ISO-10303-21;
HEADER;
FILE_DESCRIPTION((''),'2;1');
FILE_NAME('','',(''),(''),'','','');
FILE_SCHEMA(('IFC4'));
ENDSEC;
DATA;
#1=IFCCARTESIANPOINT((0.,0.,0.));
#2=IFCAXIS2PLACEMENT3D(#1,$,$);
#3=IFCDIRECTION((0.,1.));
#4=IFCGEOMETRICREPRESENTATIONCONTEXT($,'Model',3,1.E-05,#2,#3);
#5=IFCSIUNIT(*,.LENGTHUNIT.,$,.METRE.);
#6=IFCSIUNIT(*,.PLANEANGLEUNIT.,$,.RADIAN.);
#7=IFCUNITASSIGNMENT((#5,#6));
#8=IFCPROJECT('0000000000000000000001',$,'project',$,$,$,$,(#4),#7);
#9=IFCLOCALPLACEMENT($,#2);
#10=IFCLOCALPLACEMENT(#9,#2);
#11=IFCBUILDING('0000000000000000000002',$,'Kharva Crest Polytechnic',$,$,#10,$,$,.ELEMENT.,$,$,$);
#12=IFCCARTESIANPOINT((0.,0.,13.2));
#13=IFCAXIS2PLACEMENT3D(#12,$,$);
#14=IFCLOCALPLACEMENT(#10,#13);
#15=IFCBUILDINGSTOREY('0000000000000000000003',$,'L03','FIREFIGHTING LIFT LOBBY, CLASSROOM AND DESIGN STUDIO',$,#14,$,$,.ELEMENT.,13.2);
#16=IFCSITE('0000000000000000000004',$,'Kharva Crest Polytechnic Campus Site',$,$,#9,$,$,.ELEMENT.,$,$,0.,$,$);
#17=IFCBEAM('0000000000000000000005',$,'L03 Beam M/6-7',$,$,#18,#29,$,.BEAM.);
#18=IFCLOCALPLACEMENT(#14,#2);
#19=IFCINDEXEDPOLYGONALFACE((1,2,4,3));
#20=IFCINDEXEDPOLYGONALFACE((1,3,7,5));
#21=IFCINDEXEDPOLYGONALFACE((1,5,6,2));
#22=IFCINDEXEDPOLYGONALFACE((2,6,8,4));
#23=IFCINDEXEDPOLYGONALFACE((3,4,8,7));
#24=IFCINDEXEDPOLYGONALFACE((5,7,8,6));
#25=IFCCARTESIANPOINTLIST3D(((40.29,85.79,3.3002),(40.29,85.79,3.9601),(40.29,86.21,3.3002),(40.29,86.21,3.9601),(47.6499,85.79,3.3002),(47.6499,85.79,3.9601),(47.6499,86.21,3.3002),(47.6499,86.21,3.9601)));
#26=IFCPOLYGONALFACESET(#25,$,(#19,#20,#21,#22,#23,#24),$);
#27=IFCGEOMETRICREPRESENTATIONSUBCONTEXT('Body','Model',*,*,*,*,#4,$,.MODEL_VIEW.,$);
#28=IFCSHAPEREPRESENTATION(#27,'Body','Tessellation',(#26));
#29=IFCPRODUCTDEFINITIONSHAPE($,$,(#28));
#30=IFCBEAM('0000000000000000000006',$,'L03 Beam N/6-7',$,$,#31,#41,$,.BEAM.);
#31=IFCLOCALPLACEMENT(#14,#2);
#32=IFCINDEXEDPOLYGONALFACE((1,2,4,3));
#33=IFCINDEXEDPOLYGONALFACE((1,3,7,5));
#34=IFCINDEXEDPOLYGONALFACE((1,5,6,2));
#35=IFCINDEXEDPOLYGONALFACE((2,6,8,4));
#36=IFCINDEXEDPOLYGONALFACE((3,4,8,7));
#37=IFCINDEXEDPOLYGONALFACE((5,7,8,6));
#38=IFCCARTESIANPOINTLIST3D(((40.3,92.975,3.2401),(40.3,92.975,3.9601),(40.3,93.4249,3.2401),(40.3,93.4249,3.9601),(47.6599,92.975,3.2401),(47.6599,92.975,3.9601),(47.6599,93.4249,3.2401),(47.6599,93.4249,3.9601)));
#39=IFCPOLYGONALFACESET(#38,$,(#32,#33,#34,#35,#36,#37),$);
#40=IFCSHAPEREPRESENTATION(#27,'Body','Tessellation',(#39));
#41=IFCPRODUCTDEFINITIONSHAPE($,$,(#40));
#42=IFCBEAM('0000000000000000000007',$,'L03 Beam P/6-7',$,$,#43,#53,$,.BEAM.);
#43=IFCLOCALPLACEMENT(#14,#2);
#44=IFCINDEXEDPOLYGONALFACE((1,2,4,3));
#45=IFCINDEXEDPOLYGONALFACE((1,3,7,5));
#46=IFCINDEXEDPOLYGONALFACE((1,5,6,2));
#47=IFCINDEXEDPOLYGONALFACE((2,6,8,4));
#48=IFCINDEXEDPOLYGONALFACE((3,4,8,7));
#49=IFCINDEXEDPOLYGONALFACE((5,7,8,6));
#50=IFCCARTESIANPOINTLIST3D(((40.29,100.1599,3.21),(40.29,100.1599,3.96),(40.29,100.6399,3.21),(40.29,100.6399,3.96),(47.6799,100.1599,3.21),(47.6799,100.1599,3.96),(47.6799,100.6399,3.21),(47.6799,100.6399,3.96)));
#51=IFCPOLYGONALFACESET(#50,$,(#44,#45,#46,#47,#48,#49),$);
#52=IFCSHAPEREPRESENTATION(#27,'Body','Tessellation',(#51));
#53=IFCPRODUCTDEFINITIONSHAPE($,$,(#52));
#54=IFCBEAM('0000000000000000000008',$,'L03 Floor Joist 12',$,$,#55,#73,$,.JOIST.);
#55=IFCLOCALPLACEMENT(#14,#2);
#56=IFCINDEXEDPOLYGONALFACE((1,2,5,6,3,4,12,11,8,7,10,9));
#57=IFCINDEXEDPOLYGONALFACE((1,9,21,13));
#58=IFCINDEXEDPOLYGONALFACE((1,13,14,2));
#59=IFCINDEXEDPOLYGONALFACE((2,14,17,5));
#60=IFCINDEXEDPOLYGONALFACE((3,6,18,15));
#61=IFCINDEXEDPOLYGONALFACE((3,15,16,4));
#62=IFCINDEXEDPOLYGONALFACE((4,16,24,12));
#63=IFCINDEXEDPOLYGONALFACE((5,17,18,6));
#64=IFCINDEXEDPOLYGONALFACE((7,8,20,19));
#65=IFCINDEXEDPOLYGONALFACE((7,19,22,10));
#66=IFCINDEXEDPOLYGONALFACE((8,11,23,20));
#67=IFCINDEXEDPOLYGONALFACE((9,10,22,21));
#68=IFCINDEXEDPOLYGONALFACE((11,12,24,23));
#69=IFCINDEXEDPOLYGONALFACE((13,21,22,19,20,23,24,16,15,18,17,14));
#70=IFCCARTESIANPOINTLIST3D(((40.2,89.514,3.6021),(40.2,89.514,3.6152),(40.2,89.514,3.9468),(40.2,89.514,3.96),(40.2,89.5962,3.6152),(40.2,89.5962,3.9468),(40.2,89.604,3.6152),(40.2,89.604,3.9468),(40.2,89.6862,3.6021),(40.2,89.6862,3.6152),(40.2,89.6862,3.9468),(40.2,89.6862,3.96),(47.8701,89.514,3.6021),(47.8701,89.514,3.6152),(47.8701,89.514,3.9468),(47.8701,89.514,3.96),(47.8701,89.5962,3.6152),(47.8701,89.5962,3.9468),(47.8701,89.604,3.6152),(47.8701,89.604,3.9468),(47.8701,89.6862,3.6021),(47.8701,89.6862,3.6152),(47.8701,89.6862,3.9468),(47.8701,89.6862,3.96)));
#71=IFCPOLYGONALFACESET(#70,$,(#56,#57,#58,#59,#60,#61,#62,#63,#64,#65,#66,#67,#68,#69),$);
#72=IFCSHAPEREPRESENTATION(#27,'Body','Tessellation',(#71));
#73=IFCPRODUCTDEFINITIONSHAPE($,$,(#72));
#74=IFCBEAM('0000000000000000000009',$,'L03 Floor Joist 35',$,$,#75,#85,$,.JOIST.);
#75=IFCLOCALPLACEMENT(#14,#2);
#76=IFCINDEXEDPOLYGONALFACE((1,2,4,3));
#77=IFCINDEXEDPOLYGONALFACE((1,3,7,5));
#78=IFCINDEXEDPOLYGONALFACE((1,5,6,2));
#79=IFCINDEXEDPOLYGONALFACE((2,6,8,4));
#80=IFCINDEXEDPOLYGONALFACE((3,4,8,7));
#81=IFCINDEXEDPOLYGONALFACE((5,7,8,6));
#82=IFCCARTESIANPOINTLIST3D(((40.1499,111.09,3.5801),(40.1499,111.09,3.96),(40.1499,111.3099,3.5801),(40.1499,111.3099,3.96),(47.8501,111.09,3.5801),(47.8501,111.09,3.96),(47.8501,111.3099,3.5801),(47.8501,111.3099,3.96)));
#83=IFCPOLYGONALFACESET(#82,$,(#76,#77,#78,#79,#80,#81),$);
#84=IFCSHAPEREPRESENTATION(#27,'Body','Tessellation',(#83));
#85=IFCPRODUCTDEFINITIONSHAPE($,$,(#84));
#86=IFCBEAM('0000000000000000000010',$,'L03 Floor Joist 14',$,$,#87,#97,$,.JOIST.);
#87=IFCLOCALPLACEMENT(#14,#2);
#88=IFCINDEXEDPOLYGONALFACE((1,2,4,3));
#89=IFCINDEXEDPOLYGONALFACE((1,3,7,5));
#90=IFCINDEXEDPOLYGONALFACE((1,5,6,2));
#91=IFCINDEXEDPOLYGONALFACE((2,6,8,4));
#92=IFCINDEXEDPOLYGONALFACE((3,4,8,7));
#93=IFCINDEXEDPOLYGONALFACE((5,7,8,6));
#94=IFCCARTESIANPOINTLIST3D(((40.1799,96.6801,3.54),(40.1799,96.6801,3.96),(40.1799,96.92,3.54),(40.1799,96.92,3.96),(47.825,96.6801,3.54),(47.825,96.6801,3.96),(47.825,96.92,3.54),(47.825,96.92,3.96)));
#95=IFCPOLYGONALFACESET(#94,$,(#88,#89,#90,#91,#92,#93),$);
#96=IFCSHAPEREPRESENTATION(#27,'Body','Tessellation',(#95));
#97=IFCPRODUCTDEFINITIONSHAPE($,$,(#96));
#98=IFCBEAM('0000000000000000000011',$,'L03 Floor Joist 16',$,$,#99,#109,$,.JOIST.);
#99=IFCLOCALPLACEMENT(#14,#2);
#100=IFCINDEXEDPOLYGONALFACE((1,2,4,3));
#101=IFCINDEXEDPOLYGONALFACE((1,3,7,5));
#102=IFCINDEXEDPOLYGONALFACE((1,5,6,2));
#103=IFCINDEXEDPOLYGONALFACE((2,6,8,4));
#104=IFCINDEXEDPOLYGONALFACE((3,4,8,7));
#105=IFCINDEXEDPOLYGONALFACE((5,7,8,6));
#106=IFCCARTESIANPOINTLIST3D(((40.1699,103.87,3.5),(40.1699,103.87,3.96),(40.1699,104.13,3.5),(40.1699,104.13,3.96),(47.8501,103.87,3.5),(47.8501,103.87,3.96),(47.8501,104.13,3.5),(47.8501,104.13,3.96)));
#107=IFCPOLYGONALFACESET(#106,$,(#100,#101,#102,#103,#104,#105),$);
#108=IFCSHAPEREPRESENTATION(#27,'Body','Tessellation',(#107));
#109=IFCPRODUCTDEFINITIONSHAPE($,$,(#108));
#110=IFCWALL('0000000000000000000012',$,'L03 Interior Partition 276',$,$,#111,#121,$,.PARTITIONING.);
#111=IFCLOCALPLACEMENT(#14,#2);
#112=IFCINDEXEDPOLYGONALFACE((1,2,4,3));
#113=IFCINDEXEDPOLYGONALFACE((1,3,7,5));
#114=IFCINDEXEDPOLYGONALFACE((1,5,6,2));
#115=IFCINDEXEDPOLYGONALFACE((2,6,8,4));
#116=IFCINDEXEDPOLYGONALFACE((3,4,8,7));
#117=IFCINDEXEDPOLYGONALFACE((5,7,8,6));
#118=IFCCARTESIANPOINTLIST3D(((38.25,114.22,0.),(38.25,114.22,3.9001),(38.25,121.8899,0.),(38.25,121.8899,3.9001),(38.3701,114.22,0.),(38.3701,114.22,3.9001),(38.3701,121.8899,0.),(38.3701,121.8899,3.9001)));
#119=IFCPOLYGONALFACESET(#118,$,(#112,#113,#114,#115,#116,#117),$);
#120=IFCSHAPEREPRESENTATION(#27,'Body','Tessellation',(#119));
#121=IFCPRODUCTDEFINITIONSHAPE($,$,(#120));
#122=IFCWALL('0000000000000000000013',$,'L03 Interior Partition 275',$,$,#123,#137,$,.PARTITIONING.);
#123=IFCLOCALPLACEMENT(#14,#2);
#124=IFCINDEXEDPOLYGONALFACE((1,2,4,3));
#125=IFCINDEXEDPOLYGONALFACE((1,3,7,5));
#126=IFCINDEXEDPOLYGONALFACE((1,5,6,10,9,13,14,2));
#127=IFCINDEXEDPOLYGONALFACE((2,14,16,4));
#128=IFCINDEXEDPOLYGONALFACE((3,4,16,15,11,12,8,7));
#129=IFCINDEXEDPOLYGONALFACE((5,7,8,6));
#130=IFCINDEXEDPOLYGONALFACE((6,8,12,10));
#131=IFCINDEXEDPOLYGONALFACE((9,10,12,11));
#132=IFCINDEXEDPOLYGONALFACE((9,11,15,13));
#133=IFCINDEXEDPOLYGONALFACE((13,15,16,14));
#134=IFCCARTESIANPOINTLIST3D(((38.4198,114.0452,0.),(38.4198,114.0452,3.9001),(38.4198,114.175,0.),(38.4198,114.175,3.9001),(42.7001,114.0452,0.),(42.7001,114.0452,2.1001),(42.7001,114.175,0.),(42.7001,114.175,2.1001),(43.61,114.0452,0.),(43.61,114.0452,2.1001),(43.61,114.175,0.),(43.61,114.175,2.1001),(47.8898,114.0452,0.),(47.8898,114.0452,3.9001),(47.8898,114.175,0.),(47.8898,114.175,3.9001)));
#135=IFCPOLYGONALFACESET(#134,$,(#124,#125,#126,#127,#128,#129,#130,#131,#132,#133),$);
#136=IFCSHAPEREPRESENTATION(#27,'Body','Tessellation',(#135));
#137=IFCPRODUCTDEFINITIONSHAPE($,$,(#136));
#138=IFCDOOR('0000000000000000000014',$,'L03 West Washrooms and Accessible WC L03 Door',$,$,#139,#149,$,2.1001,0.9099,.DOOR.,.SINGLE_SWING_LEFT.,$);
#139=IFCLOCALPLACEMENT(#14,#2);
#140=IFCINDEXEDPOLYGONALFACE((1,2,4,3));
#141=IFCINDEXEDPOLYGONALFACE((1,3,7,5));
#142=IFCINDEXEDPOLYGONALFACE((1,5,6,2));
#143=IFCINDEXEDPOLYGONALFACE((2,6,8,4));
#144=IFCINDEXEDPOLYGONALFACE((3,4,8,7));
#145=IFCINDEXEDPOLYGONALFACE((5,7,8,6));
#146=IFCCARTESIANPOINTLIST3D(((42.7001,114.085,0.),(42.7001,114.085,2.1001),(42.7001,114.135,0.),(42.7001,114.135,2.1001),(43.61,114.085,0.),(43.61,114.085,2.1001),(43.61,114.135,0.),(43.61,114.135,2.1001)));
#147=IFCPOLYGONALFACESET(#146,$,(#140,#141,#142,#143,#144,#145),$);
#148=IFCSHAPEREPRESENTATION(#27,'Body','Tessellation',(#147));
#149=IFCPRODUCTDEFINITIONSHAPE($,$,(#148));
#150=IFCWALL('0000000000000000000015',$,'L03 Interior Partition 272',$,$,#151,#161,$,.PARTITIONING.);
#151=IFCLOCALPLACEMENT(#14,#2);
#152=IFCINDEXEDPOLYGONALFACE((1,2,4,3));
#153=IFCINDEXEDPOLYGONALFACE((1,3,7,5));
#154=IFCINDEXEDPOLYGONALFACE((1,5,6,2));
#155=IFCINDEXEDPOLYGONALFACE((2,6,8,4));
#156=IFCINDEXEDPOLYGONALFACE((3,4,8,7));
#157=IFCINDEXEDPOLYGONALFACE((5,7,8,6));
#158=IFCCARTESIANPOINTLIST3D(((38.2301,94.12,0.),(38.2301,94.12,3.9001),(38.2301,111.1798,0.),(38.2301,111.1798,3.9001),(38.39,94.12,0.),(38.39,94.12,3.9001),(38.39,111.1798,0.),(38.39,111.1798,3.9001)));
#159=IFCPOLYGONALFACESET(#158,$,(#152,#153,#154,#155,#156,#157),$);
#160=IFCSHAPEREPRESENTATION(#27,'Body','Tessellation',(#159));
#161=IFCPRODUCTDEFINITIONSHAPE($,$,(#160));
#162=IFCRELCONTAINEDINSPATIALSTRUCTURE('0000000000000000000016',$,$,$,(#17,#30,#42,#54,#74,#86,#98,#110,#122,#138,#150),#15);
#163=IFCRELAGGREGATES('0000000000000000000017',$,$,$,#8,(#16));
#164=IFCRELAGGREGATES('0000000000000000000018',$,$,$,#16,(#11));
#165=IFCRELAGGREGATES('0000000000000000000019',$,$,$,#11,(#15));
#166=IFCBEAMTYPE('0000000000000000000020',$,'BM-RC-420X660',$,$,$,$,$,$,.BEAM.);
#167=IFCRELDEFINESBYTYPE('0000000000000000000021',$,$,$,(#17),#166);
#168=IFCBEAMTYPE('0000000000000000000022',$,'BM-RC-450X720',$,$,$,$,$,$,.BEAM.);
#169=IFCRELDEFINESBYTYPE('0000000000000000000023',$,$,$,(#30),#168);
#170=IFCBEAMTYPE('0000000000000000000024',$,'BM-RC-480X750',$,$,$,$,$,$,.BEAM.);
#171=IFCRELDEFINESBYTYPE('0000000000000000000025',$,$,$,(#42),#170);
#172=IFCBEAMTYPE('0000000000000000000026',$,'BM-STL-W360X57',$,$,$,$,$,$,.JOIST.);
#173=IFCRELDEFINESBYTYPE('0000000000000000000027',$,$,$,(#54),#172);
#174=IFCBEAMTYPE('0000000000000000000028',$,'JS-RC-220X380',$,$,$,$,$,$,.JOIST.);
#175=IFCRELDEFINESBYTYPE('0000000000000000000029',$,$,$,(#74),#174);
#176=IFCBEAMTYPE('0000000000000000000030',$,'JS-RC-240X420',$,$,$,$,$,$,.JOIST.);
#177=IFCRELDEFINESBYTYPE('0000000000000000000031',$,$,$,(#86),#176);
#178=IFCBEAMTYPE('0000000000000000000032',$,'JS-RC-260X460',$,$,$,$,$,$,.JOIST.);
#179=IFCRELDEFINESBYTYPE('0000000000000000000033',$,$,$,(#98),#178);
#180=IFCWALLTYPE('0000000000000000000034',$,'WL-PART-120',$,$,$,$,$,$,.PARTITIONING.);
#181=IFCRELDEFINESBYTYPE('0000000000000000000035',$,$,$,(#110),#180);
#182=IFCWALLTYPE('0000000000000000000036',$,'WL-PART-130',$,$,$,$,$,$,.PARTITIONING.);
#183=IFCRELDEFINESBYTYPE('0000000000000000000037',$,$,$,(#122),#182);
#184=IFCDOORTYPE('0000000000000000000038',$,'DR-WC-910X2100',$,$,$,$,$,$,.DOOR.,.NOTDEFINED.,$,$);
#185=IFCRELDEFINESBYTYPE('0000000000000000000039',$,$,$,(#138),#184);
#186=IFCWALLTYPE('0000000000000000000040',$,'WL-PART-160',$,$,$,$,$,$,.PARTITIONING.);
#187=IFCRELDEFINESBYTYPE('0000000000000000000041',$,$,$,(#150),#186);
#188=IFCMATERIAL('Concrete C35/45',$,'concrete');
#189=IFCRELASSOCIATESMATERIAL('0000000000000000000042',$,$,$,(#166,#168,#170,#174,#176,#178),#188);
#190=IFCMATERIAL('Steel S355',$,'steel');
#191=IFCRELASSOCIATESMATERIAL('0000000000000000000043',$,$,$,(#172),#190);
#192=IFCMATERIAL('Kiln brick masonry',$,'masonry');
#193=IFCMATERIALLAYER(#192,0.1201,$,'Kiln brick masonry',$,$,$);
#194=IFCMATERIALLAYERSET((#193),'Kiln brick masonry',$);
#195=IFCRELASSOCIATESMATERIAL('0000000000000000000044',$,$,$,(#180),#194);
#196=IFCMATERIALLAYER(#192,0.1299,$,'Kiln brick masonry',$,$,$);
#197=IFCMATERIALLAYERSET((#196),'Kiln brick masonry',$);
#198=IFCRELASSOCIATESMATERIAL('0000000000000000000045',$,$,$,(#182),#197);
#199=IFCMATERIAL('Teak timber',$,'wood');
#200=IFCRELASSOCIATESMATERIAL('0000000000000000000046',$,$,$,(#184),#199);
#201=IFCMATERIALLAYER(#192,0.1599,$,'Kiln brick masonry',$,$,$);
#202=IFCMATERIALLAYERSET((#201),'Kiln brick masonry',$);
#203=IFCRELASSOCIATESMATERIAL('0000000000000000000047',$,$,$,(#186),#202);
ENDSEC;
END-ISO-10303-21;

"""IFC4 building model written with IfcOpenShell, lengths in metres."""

from ifc_helpers import new_model, si_unit, direction, frame, frame_2d, origin, origin_2d, place, context, subcontext, project, spatial, rectangle, i_section, extrude, material, layer, layer_set, material_profile, profile_set, type_object, element, fill, save


model = new_model("IFC4")

# Units and contexts
model_context = context("Model", 3, precision=1e-05, world=origin(), true_north=direction((0.0, 1.0)))
body_context = subcontext(model_context, "Body", "Model", "MODEL_VIEW")
ifc_project = project(units=[si_unit("LENGTHUNIT", "METRE"), si_unit("PLANEANGLEUNIT", "RADIAN")], contexts=[model_context])

# Site, building, storey
site_placement = place(None, origin())
site = spatial("IfcSite", under=ifc_project, at=site_placement, Name="Kharva Crest Polytechnic Campus Site", CompositionType="ELEMENT", RefElevation=0.0)
building_placement = place(site_placement, origin())
building = spatial("IfcBuilding", under=site, at=building_placement, Name="Kharva Crest Polytechnic", CompositionType="ELEMENT")
storey_placement = place(building_placement, frame((0.0, 0.0, 13.2)))
storey = spatial("IfcBuildingStorey", under=building, at=storey_placement, Name="L03", Description="FIREFIGHTING LIFT LOBBY, CLASSROOM AND DESIGN STUDIO", CompositionType="ELEMENT", Elevation=13.2)

# Beams
ifc_material_1 = material(Name="Concrete C35/45", Category="concrete")
ifc_material_profile_1 = material_profile(ifc_material_1, rectangle(XDim=0.4199, YDim=0.6599, at=origin_2d()), Name="RECT 420 X 660")
ifc_profile_set_1 = profile_set([ifc_material_profile_1], Name="Concrete C35/45")
beam_type_1 = type_object("IfcBeamType", Name="BM-RC-420X660", PredefinedType="BEAM", material=ifc_profile_set_1)
beam_1_placement = place(storey_placement, frame((40.29, 86.0, 3.6301), z_axis=(1.0, 0.0, 0.0), x_axis=(0.0, 1.0, 0.0)))
element("IfcBeam", 1, at=beam_1_placement, inside=storey, type_object=beam_type_1, Name="L03 Beam M/6-7", PredefinedType="BEAM", context=body_context, shape_type="SweptSolid", body=[
    extrude(rectangle(XDim=0.4199, YDim=0.6599, at=origin_2d()), origin(), (0.0, 0.0, 1.0), 7.3599),
])
ifc_material_profile_2 = material_profile(ifc_material_1, rectangle(XDim=0.45, YDim=0.72, at=origin_2d()), Name="RECT 450 X 720")
ifc_profile_set_2 = profile_set([ifc_material_profile_2], Name="Concrete C35/45")
beam_type_2 = type_object("IfcBeamType", Name="BM-RC-450X720", PredefinedType="BEAM", material=ifc_profile_set_2)
beam_2_placement = place(storey_placement, frame((40.3, 93.2, 3.6001), z_axis=(1.0, 0.0, 0.0), x_axis=(0.0, 1.0, 0.0)))
element("IfcBeam", 2, at=beam_2_placement, inside=storey, type_object=beam_type_2, Name="L03 Beam N/6-7", PredefinedType="BEAM", context=body_context, shape_type="SweptSolid", body=[
    extrude(rectangle(XDim=0.45, YDim=0.72, at=origin_2d()), origin(), (0.0, 0.0, 1.0), 7.3599),
])
ifc_material_profile_3 = material_profile(ifc_material_1, rectangle(XDim=0.48, YDim=0.75, at=origin_2d()), Name="RECT 480 X 750")
ifc_profile_set_3 = profile_set([ifc_material_profile_3], Name="Concrete C35/45")
beam_type_3 = type_object("IfcBeamType", Name="BM-RC-480X750", PredefinedType="BEAM", material=ifc_profile_set_3)
beam_3_placement = place(storey_placement, frame((40.29, 100.3999, 3.585), z_axis=(1.0, 0.0, 0.0), x_axis=(0.0, 1.0, 0.0)))
element("IfcBeam", 3, at=beam_3_placement, inside=storey, type_object=beam_type_3, Name="L03 Beam P/6-7", PredefinedType="BEAM", context=body_context, shape_type="SweptSolid", body=[
    extrude(rectangle(XDim=0.48, YDim=0.75, at=origin_2d()), origin(), (0.0, 0.0, 1.0), 7.3899),
])
ifc_material_2 = material(Name="Steel S355", Category="steel")
ifc_material_profile_4 = material_profile(ifc_material_2, i_section(OverallWidth=0.1721, OverallDepth=0.3579, WebThickness=0.0078, FlangeThickness=0.0132, at=origin_2d()), Name="W360X57.8")
ifc_profile_set_4 = profile_set([ifc_material_profile_4], Name="Steel S355")
beam_type_4 = type_object("IfcBeamType", Name="BM-STL-W360X57", PredefinedType="JOIST", material=ifc_profile_set_4)
beam_4_placement = place(storey_placement, frame((40.2, 89.6001, 3.781), z_axis=(1.0, 0.0, 0.0), x_axis=(0.0, 1.0, 0.0)))
element("IfcBeam", 4, at=beam_4_placement, inside=storey, type_object=beam_type_4, Name="L03 Floor Joist 12", PredefinedType="JOIST", context=body_context, shape_type="SweptSolid", body=[
    extrude(i_section(OverallWidth=0.1721, OverallDepth=0.3579, WebThickness=0.0078, FlangeThickness=0.0132, at=origin_2d()), origin(), (0.0, 0.0, 1.0), 7.6702),
])
ifc_material_profile_5 = material_profile(ifc_material_1, rectangle(XDim=0.22, YDim=0.3799, at=origin_2d()), Name="RECT 220 X 380")
ifc_profile_set_5 = profile_set([ifc_material_profile_5], Name="Concrete C35/45")
beam_type_5 = type_object("IfcBeamType", Name="JS-RC-220X380", PredefinedType="JOIST", material=ifc_profile_set_5)
beam_5_placement = place(storey_placement, frame((40.1499, 111.2, 3.77), z_axis=(1.0, 0.0, 0.0), x_axis=(0.0, 1.0, 0.0)))
element("IfcBeam", 5, at=beam_5_placement, inside=storey, type_object=beam_type_5, Name="L03 Floor Joist 35", PredefinedType="JOIST", context=body_context, shape_type="SweptSolid", body=[
    extrude(rectangle(XDim=0.22, YDim=0.3799, at=origin_2d()), origin(), (0.0, 0.0, 1.0), 7.7002),
])
ifc_material_profile_6 = material_profile(ifc_material_1, rectangle(XDim=0.24, YDim=0.4199, at=origin_2d()), Name="RECT 240 X 420")
ifc_profile_set_6 = profile_set([ifc_material_profile_6], Name="Concrete C35/45")
beam_type_6 = type_object("IfcBeamType", Name="JS-RC-240X420", PredefinedType="JOIST", material=ifc_profile_set_6)
beam_6_placement = place(storey_placement, frame((40.1799, 96.8, 3.75), z_axis=(1.0, 0.0, 0.0), x_axis=(0.0, 1.0, 0.0)))
element("IfcBeam", 6, at=beam_6_placement, inside=storey, type_object=beam_type_6, Name="L03 Floor Joist 14", PredefinedType="JOIST", context=body_context, shape_type="SweptSolid", body=[
    extrude(rectangle(XDim=0.24, YDim=0.4199, at=origin_2d()), origin(), (0.0, 0.0, 1.0), 7.645),
])
ifc_material_profile_7 = material_profile(ifc_material_1, rectangle(XDim=0.26, YDim=0.46, at=origin_2d()), Name="RECT 260 X 460")
ifc_profile_set_7 = profile_set([ifc_material_profile_7], Name="Concrete C35/45")
beam_type_7 = type_object("IfcBeamType", Name="JS-RC-260X460", PredefinedType="JOIST", material=ifc_profile_set_7)
beam_7_placement = place(storey_placement, frame((40.1699, 104.0, 3.73), z_axis=(1.0, 0.0, 0.0), x_axis=(0.0, 1.0, 0.0)))
element("IfcBeam", 7, at=beam_7_placement, inside=storey, type_object=beam_type_7, Name="L03 Floor Joist 16", PredefinedType="JOIST", context=body_context, shape_type="SweptSolid", body=[
    extrude(rectangle(XDim=0.26, YDim=0.46, at=origin_2d()), origin(), (0.0, 0.0, 1.0), 7.6802),
])

# Wall
ifc_material_3 = material(Name="Kiln brick masonry", Category="masonry")
ifc_layer_1 = layer(ifc_material_3, 0.1201, Name="Kiln brick masonry")
ifc_layer_set_1 = layer_set([ifc_layer_1], Name="Kiln brick masonry")
wall_type_1 = type_object("IfcWallType", Name="WL-PART-120", PredefinedType="PARTITIONING", material=ifc_layer_set_1)
wall_1_placement = place(storey_placement, frame((38.3101, 114.22, 0.0), z_axis=(0.0, 0.0, 1.0), x_axis=(0.0, 1.0, 0.0)))
element("IfcWall", 8, at=wall_1_placement, inside=storey, type_object=wall_type_1, Name="L03 Interior Partition 276", PredefinedType="PARTITIONING", context=body_context, shape_type="SweptSolid", body=[
    extrude(rectangle(XDim=7.6699, YDim=0.1201, at=frame_2d((3.835, 0.0))), origin(), (0.0, 0.0, 1.0), 3.9001),
])

# Wall, opening, door
ifc_layer_2 = layer(ifc_material_3, 0.1299, Name="Kiln brick masonry")
ifc_layer_set_2 = layer_set([ifc_layer_2], Name="Kiln brick masonry")
wall_type_2 = type_object("IfcWallType", Name="WL-PART-130", PredefinedType="PARTITIONING", material=ifc_layer_set_2)
wall_2_placement = place(storey_placement, frame((38.4199, 114.1101, 0.0), z_axis=(0.0, 0.0, 1.0), x_axis=(1.0, 0.0, 0.0)))
wall_2 = element("IfcWall", 9, at=wall_2_placement, inside=storey, type_object=wall_type_2, Name="L03 Interior Partition 275", PredefinedType="PARTITIONING", context=body_context, shape_type="SweptSolid", body=[
    extrude(rectangle(XDim=9.47, YDim=0.1299, at=frame_2d((4.7349, 0.0))), origin(), (0.0, 0.0, 1.0), 3.9001),
])
opening_1_placement = place(wall_2_placement, frame((4.28, 0.0, 0.0)))
opening_1 = element("IfcOpeningElement", 10, at=opening_1_placement, cuts=wall_2, PredefinedType="OPENING", context=body_context, shape_type="SweptSolid", body=[
    extrude(rectangle(XDim=0.9099, YDim=2.1001, at=frame_2d((0.4551, 1.05))), frame((0.0, 0.075, 0.0), z_axis=(0.0, -1.0, 0.0), x_axis=(1.0, 0.0, 0.0)), (0.0, 0.0, 1.0), 0.1499),
])
ifc_material_4 = material(Name="Teak timber", Category="wood")
door_type_1 = type_object("IfcDoorType", Name="DR-WC-910X2100", OperationType="NOTDEFINED", PredefinedType="DOOR", material=ifc_material_4)
door_1_placement = place(opening_1_placement, origin())
door_1 = element("IfcDoor", 11, at=door_1_placement, inside=storey, type_object=door_type_1, Name="L03 West Washrooms and Accessible WC L03 Door", OperationType="SINGLE_SWING_LEFT", OverallHeight=2.1001, OverallWidth=0.9099, PredefinedType="DOOR", context=body_context, shape_type="SweptSolid", body=[
    extrude(rectangle(XDim=0.9099, YDim=2.1001, at=frame_2d((0.4551, 1.05))), frame((0.0, 0.0249, 0.0), z_axis=(0.0, -1.0, 0.0), x_axis=(1.0, 0.0, 0.0)), (0.0, 0.0, 1.0), 0.05),
])
fill(opening_1, door_1)

# Wall
ifc_layer_3 = layer(ifc_material_3, 0.1599, Name="Kiln brick masonry")
ifc_layer_set_3 = layer_set([ifc_layer_3], Name="Kiln brick masonry")
wall_type_3 = type_object("IfcWallType", Name="WL-PART-160", PredefinedType="PARTITIONING", material=ifc_layer_set_3)
wall_3_placement = place(storey_placement, frame((38.3101, 94.1201, 0.0), z_axis=(0.0, 0.0, 1.0), x_axis=(0.0, 1.0, 0.0)))
element("IfcWall", 12, at=wall_3_placement, inside=storey, type_object=wall_type_3, Name="L03 Interior Partition 272", PredefinedType="PARTITIONING", context=body_context, shape_type="SweptSolid", body=[
    extrude(rectangle(XDim=17.0598, YDim=0.1599, at=frame_2d((8.5298, 0.0))), origin(), (0.0, 0.0, 1.0), 3.9001),
])

save(model, "model.ifc")
